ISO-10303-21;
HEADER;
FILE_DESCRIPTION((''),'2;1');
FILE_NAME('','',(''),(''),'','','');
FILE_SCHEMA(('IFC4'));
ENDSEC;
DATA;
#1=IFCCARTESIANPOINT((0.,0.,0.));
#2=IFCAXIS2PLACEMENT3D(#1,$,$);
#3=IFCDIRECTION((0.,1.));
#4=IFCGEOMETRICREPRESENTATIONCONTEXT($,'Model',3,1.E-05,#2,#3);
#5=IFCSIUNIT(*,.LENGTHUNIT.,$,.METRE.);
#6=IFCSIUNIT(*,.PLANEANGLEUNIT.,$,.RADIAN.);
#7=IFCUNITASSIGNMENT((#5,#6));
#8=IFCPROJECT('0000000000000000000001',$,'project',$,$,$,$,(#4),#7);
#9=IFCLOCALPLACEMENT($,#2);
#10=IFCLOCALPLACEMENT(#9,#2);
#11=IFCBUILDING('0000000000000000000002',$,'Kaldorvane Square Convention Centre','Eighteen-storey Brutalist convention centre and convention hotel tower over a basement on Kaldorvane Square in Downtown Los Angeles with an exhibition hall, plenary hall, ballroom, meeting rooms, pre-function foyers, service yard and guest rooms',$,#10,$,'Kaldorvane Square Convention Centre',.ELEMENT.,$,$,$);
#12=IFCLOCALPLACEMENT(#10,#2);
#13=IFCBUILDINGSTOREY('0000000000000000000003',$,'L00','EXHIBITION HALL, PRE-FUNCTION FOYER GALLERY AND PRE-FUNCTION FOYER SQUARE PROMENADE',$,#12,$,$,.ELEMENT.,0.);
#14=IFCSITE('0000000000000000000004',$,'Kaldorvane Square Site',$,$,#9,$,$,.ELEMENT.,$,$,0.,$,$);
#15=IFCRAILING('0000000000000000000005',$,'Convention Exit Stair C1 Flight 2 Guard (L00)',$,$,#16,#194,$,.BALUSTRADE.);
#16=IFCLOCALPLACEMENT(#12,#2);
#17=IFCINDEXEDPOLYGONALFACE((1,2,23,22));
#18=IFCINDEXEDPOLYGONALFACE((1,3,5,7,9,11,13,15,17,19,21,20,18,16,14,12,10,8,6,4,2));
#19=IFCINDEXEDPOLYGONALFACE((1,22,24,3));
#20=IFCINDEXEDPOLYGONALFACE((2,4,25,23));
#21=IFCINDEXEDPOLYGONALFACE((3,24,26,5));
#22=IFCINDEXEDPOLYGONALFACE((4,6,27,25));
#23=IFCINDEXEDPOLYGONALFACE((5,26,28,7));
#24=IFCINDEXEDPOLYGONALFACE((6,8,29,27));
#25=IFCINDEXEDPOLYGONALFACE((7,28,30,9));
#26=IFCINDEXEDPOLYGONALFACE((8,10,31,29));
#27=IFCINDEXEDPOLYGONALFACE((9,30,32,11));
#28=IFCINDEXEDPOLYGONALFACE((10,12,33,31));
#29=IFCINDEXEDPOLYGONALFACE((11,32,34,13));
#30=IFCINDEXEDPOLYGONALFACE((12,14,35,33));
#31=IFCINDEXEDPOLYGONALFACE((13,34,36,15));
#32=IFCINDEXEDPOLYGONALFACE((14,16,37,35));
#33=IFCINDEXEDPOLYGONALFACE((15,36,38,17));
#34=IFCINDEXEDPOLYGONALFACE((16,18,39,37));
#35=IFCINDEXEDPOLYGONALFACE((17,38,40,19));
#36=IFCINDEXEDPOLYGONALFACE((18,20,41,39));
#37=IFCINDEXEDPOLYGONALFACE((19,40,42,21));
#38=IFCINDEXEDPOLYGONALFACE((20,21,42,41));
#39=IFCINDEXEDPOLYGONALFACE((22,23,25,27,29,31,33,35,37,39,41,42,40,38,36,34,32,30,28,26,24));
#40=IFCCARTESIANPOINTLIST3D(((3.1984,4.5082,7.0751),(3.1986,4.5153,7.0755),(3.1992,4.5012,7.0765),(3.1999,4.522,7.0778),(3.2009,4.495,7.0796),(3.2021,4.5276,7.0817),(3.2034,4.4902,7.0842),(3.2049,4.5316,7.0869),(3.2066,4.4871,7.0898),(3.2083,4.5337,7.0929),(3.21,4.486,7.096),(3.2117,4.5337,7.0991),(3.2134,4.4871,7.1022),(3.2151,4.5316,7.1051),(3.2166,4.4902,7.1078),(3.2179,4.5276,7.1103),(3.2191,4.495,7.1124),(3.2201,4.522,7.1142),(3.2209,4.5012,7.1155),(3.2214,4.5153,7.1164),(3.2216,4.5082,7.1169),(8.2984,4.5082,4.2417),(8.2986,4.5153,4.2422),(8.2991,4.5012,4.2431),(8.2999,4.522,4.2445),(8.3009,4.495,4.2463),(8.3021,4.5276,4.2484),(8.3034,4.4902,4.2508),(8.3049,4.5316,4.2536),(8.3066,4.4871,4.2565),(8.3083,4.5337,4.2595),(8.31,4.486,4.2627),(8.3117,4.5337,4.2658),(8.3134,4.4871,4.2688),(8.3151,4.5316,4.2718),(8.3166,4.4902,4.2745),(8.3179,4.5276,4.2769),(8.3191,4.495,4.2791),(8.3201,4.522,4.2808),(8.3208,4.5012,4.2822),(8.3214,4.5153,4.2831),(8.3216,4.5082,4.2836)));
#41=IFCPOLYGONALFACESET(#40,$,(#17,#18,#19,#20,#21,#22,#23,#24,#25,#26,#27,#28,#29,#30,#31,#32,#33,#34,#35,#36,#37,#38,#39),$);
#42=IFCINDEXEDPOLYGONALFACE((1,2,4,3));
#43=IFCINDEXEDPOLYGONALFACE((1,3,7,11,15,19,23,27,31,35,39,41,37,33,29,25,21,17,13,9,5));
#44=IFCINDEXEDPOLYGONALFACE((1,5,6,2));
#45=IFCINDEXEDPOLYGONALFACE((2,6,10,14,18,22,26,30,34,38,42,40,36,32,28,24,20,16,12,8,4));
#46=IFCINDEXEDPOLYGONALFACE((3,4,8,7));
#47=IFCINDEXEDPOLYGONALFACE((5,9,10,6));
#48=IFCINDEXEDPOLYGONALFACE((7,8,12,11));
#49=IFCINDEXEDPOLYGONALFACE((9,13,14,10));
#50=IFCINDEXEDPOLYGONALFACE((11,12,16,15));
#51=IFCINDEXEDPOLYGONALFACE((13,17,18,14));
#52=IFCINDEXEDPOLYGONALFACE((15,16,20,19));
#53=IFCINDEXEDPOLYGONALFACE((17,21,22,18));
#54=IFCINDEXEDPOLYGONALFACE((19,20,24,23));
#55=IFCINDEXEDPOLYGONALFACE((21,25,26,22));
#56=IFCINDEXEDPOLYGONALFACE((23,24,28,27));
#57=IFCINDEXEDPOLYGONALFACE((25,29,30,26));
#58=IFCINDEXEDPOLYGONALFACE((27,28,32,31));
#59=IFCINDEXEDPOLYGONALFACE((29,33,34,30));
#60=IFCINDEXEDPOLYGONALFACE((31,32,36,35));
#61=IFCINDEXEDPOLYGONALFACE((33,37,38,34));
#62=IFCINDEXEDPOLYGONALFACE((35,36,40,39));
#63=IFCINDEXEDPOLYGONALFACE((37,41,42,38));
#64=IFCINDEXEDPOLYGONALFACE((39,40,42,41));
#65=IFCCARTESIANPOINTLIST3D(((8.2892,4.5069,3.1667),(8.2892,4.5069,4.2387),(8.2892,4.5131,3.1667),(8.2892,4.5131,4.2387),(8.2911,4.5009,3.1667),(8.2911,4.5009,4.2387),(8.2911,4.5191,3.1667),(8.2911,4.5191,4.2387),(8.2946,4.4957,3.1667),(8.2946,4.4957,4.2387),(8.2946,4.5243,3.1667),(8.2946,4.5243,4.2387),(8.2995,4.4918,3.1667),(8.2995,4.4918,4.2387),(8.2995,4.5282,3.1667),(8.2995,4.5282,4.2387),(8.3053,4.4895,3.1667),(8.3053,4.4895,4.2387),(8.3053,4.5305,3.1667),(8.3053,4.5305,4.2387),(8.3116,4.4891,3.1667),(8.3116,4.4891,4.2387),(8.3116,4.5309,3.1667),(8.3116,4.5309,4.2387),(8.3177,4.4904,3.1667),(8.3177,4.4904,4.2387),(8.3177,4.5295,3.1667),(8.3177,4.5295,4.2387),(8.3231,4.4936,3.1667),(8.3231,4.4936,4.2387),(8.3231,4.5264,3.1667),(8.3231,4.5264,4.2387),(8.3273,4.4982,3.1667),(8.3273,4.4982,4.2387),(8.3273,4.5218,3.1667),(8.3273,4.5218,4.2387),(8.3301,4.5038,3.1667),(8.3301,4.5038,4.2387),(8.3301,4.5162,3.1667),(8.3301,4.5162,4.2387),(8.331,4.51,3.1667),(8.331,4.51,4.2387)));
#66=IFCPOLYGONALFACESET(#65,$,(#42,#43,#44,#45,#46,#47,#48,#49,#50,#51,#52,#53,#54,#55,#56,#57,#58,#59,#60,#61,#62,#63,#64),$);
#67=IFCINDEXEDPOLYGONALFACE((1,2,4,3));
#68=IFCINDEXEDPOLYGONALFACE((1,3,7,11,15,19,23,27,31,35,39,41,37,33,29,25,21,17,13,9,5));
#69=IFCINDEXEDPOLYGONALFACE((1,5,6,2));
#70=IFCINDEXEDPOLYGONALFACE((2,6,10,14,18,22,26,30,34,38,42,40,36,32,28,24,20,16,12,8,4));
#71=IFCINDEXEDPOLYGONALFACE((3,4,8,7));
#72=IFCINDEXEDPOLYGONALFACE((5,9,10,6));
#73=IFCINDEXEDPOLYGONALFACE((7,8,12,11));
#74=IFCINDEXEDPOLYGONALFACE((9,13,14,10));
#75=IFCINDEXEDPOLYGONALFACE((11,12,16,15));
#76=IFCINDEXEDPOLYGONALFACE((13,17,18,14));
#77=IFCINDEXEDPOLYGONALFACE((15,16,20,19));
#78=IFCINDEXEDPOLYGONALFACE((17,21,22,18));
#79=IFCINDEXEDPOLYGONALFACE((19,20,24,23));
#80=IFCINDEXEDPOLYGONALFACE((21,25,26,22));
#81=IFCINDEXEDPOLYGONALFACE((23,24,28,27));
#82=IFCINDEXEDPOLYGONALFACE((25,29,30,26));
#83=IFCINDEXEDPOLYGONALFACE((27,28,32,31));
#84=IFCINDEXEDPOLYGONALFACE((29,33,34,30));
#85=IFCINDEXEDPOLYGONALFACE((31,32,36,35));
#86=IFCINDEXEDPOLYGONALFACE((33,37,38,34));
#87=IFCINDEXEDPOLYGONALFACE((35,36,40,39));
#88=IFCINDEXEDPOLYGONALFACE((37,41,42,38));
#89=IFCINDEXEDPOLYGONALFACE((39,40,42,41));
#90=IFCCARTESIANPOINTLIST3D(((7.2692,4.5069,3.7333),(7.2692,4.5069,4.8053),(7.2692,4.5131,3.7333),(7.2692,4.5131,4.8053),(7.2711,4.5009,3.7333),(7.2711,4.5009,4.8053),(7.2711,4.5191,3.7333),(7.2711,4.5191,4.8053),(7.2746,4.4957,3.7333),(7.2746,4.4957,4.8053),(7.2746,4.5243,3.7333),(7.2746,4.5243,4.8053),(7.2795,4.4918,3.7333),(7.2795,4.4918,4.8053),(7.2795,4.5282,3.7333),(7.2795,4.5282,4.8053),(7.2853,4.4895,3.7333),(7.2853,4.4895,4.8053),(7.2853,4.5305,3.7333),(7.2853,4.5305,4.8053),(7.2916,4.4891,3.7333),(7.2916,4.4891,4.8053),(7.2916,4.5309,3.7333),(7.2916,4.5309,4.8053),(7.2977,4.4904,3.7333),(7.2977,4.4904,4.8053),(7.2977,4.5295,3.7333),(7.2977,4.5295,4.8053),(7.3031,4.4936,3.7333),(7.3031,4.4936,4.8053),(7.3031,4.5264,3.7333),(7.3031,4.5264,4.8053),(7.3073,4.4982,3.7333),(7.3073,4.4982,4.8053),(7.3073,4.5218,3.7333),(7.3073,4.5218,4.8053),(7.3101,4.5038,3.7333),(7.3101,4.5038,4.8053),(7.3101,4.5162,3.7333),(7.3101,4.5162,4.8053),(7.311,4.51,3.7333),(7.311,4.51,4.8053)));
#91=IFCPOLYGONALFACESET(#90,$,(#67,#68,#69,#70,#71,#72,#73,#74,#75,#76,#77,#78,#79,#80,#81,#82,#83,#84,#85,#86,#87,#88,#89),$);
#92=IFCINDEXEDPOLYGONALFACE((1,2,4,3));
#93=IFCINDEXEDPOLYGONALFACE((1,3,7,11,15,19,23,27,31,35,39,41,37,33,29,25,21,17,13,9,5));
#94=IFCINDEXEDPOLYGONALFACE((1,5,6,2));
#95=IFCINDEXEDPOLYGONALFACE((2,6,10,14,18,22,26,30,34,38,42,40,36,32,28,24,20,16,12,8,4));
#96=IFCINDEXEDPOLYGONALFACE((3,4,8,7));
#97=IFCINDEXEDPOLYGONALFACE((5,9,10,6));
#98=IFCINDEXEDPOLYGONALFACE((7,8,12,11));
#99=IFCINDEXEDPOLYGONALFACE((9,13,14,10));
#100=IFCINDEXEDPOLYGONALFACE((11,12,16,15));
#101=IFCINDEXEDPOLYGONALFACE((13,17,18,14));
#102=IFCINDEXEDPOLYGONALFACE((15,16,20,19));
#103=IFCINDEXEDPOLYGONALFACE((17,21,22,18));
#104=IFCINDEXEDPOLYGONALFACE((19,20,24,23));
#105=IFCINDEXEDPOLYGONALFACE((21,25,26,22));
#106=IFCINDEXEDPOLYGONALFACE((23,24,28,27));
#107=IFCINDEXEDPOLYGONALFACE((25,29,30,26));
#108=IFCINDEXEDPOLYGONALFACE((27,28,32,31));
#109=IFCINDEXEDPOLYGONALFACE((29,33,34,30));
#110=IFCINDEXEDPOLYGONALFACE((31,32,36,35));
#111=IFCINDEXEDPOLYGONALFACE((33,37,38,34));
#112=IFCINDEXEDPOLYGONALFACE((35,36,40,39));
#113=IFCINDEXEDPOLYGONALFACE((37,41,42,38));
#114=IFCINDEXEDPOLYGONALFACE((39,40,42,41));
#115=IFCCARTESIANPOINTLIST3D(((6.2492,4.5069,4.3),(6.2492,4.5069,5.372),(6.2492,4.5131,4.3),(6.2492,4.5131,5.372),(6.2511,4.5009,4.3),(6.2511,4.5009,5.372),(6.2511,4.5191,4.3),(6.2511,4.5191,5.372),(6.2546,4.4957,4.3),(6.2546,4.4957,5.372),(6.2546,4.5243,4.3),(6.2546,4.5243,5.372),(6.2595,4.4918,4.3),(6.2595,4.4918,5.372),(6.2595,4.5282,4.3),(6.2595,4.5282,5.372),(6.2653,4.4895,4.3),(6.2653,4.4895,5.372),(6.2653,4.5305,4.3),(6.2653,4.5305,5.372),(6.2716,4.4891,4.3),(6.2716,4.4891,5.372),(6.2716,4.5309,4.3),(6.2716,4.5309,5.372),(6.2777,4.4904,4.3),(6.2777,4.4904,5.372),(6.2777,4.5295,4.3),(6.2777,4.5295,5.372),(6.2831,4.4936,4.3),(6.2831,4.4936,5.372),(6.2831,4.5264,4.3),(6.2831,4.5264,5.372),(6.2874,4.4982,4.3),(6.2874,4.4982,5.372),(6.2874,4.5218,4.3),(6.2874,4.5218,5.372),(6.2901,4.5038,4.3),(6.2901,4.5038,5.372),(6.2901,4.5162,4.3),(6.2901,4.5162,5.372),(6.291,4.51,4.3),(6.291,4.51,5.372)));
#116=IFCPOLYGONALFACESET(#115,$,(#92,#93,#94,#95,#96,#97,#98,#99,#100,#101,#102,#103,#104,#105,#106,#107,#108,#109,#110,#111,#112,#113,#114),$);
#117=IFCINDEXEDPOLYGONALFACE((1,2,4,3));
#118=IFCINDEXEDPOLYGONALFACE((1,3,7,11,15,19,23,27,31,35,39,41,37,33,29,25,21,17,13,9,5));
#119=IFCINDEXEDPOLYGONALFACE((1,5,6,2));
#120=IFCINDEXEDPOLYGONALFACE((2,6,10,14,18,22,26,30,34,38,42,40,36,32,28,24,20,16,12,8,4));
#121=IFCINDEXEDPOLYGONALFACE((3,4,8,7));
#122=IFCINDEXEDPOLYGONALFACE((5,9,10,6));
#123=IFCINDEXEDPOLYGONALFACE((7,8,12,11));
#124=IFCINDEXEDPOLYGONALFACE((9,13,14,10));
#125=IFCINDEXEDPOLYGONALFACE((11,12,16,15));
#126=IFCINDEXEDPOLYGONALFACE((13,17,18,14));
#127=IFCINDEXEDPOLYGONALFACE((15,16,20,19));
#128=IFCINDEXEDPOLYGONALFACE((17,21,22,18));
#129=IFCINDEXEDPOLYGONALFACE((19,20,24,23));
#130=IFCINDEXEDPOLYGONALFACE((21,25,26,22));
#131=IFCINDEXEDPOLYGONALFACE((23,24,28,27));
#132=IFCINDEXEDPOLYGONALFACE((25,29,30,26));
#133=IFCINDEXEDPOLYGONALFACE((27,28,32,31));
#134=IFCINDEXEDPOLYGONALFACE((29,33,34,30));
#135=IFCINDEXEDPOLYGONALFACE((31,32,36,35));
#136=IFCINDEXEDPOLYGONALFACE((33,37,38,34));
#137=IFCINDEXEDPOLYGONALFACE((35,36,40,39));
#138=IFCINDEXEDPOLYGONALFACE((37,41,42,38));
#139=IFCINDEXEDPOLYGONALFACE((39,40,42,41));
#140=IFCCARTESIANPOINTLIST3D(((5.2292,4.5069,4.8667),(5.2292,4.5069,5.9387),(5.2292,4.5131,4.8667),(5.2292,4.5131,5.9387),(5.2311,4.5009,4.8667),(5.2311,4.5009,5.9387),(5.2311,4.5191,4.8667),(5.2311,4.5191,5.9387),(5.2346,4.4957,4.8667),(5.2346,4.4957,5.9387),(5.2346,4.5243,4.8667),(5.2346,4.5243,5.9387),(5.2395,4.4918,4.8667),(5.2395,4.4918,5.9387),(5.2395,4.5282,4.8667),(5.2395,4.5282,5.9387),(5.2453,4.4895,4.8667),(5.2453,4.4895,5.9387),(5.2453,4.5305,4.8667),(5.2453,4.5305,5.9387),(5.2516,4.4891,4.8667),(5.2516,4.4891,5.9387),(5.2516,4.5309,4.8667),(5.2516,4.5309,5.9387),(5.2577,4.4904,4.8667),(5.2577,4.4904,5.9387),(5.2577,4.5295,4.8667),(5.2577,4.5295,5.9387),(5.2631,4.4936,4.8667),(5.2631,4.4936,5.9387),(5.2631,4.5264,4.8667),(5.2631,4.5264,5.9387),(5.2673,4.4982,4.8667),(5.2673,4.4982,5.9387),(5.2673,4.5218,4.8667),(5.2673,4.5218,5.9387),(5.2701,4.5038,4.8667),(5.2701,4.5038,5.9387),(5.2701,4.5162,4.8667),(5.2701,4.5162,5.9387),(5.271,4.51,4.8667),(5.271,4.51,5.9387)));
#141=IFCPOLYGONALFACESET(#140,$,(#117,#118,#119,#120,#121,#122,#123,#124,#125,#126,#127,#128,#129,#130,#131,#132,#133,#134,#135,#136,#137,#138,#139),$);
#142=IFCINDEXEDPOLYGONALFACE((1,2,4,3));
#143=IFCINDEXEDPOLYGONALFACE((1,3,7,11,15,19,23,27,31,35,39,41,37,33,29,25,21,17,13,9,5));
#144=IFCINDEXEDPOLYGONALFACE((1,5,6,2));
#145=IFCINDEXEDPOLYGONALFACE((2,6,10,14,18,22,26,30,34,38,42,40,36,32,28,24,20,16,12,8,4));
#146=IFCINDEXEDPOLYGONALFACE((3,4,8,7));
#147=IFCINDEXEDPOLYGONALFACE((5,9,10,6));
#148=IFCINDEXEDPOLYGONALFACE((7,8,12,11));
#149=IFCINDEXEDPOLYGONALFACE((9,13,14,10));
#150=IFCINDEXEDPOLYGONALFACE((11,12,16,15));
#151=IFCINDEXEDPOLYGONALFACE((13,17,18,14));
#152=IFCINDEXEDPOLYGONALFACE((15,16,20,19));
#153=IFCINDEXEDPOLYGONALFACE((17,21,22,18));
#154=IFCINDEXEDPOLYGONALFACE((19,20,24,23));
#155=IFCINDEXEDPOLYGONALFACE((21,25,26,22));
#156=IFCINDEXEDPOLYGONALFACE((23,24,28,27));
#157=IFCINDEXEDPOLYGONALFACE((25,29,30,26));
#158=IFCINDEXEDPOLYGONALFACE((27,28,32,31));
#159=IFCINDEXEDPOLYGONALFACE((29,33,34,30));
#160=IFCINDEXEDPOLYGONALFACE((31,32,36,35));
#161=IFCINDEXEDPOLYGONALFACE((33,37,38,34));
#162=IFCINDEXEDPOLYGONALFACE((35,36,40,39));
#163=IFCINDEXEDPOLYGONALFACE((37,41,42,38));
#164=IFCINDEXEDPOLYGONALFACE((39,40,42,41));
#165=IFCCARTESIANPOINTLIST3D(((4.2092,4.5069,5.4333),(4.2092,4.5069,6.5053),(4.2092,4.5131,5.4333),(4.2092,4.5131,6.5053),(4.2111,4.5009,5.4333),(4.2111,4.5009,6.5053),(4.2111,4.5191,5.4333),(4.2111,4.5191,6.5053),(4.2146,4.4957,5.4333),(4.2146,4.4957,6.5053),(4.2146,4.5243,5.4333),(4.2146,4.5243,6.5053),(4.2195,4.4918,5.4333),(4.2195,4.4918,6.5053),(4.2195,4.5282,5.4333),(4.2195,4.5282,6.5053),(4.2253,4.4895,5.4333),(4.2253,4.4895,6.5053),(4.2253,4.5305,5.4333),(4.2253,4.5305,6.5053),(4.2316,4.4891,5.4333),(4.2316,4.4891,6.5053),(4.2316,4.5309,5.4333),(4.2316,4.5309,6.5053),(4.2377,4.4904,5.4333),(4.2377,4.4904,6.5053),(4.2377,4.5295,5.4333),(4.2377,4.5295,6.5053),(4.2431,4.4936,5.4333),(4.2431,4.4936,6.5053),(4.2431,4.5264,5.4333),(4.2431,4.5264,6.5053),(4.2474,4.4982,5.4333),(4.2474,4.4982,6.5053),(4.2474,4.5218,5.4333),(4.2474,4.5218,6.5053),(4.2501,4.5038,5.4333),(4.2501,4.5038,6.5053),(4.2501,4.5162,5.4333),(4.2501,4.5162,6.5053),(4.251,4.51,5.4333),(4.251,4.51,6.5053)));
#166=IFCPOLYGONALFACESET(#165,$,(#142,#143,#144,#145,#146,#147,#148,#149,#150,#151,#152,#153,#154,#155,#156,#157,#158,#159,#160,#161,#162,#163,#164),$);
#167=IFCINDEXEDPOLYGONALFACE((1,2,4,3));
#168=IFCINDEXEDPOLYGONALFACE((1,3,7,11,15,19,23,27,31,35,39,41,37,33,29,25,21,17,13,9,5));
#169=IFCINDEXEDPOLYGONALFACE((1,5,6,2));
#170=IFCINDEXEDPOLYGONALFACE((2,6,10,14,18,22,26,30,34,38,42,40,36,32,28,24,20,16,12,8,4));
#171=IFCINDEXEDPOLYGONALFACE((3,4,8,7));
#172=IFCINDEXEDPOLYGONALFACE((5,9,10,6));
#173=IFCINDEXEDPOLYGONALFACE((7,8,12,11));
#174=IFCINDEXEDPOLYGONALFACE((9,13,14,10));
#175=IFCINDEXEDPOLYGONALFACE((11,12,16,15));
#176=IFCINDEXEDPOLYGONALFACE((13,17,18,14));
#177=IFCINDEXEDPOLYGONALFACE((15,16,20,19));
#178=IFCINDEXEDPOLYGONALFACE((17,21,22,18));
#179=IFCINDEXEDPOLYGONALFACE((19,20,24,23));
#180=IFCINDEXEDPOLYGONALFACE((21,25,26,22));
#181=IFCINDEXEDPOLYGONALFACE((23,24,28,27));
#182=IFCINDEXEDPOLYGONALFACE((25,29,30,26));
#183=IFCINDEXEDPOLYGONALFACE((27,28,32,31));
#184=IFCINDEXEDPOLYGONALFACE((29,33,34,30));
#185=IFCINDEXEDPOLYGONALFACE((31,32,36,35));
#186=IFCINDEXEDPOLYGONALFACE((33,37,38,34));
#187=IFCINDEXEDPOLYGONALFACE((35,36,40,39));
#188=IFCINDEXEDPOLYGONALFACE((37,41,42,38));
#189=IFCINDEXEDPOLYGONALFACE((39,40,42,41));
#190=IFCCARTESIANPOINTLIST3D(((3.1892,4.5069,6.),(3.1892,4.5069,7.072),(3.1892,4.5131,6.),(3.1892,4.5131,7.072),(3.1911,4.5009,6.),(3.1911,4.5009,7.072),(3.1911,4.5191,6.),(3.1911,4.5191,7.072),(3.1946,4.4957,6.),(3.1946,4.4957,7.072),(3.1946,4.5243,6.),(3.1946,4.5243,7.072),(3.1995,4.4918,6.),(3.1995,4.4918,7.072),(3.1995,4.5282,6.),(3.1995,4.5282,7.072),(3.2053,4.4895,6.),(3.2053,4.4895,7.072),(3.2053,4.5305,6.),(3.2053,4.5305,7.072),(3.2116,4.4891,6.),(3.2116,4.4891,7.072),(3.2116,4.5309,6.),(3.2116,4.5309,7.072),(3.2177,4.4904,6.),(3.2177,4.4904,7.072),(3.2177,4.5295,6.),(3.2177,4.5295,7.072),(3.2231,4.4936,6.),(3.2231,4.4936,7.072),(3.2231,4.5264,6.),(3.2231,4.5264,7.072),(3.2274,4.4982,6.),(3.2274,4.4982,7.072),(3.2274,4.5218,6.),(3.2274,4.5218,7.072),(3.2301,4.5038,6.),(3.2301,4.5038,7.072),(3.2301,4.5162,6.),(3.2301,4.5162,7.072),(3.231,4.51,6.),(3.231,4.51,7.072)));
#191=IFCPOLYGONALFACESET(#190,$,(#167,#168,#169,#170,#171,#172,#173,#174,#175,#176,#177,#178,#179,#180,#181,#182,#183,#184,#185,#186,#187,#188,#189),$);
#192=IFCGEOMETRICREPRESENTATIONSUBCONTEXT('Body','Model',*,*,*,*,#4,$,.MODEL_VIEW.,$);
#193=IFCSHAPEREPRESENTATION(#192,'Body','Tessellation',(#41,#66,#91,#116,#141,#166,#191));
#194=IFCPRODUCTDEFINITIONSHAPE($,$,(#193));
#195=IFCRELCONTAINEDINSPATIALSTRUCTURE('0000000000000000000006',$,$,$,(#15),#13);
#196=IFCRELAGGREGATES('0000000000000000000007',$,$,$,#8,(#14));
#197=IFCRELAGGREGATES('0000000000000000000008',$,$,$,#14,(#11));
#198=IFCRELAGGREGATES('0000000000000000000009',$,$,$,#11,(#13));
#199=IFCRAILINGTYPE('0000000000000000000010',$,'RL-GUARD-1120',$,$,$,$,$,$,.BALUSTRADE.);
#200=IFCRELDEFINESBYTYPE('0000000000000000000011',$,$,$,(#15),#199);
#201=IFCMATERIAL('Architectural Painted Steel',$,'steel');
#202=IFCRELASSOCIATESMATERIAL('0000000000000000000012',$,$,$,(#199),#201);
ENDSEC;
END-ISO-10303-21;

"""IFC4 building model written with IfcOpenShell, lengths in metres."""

from ifc_helpers import new_model, si_unit, direction, frame, origin, origin_2d, place, context, subcontext, project, spatial, circle, extrude, material, type_object, element, save


model = new_model("IFC4")

# Units and contexts
model_context = context("Model", 3, precision=1e-05, world=origin(), true_north=direction((0.0, 1.0)))
body_context = subcontext(model_context, "Body", "Model", "MODEL_VIEW")
ifc_project = project(units=[si_unit("LENGTHUNIT", "METRE"), si_unit("PLANEANGLEUNIT", "RADIAN")], contexts=[model_context])

# Site, building, storey
site_placement = place(None, origin())
site = spatial("IfcSite", under=ifc_project, at=site_placement, Name="Kaldorvane Square Site", CompositionType="ELEMENT", RefElevation=0.0)
building_placement = place(site_placement, origin())
building = spatial("IfcBuilding", under=site, at=building_placement, Name="Kaldorvane Square Convention Centre", Description="Eighteen-storey Brutalist convention centre and convention hotel tower over a basement on Kaldorvane Square in Downtown Los Angeles with an exhibition hall, plenary hall, ballroom, meeting rooms, pre-function foyers, service yard and guest rooms", LongName="Kaldorvane Square Convention Centre", CompositionType="ELEMENT")
storey_placement = place(building_placement, origin())
storey = spatial("IfcBuildingStorey", under=building, at=storey_placement, Name="L00", Description="EXHIBITION HALL, PRE-FUNCTION FOYER GALLERY AND PRE-FUNCTION FOYER SQUARE PROMENADE", CompositionType="ELEMENT", Elevation=0.0)

# Railing
ifc_material_1 = material(Name="Architectural Painted Steel", Category="steel")
railing_type_1 = type_object("IfcRailingType", Name="RL-GUARD-1120", PredefinedType="BALUSTRADE", material=ifc_material_1)
railing_1_placement = place(storey_placement, frame((8.31, 4.51, 3.1667)))
element("IfcRailing", 1, at=railing_1_placement, inside=storey, type_object=railing_type_1, Name="Convention Exit Stair C1 Flight 2 Guard (L00)", PredefinedType="BALUSTRADE", context=body_context, shape_type="SweptSolid", body=[
    extrude(circle(Radius=0.024, at=origin_2d()), frame((0.0, 0.0, 1.096), z_axis=(-0.874157, 0.0, 0.485643), x_axis=(0.0, -1.0, 0.0)), (0.0, 0.0, 1.0), 5.8342),
    extrude(circle(Radius=0.021, at=origin_2d()), origin(), (0.0, 0.0, 1.0), 1.072),
    extrude(circle(Radius=0.021, at=origin_2d()), frame((-1.02, 0.0, 0.5667)), (0.0, 0.0, 1.0), 1.072),
    extrude(circle(Radius=0.021, at=origin_2d()), frame((-2.04, 0.0, 1.1333)), (0.0, 0.0, 1.0), 1.072),
    extrude(circle(Radius=0.021, at=origin_2d()), frame((-3.06, 0.0, 1.7)), (0.0, 0.0, 1.0), 1.072),
    extrude(circle(Radius=0.021, at=origin_2d()), frame((-4.08, 0.0, 2.2667)), (0.0, 0.0, 1.0), 1.072),
    extrude(circle(Radius=0.021, at=origin_2d()), frame((-5.1, 0.0, 2.8333)), (0.0, 0.0, 1.0), 1.072),
])

save(model, "model.ifc")
